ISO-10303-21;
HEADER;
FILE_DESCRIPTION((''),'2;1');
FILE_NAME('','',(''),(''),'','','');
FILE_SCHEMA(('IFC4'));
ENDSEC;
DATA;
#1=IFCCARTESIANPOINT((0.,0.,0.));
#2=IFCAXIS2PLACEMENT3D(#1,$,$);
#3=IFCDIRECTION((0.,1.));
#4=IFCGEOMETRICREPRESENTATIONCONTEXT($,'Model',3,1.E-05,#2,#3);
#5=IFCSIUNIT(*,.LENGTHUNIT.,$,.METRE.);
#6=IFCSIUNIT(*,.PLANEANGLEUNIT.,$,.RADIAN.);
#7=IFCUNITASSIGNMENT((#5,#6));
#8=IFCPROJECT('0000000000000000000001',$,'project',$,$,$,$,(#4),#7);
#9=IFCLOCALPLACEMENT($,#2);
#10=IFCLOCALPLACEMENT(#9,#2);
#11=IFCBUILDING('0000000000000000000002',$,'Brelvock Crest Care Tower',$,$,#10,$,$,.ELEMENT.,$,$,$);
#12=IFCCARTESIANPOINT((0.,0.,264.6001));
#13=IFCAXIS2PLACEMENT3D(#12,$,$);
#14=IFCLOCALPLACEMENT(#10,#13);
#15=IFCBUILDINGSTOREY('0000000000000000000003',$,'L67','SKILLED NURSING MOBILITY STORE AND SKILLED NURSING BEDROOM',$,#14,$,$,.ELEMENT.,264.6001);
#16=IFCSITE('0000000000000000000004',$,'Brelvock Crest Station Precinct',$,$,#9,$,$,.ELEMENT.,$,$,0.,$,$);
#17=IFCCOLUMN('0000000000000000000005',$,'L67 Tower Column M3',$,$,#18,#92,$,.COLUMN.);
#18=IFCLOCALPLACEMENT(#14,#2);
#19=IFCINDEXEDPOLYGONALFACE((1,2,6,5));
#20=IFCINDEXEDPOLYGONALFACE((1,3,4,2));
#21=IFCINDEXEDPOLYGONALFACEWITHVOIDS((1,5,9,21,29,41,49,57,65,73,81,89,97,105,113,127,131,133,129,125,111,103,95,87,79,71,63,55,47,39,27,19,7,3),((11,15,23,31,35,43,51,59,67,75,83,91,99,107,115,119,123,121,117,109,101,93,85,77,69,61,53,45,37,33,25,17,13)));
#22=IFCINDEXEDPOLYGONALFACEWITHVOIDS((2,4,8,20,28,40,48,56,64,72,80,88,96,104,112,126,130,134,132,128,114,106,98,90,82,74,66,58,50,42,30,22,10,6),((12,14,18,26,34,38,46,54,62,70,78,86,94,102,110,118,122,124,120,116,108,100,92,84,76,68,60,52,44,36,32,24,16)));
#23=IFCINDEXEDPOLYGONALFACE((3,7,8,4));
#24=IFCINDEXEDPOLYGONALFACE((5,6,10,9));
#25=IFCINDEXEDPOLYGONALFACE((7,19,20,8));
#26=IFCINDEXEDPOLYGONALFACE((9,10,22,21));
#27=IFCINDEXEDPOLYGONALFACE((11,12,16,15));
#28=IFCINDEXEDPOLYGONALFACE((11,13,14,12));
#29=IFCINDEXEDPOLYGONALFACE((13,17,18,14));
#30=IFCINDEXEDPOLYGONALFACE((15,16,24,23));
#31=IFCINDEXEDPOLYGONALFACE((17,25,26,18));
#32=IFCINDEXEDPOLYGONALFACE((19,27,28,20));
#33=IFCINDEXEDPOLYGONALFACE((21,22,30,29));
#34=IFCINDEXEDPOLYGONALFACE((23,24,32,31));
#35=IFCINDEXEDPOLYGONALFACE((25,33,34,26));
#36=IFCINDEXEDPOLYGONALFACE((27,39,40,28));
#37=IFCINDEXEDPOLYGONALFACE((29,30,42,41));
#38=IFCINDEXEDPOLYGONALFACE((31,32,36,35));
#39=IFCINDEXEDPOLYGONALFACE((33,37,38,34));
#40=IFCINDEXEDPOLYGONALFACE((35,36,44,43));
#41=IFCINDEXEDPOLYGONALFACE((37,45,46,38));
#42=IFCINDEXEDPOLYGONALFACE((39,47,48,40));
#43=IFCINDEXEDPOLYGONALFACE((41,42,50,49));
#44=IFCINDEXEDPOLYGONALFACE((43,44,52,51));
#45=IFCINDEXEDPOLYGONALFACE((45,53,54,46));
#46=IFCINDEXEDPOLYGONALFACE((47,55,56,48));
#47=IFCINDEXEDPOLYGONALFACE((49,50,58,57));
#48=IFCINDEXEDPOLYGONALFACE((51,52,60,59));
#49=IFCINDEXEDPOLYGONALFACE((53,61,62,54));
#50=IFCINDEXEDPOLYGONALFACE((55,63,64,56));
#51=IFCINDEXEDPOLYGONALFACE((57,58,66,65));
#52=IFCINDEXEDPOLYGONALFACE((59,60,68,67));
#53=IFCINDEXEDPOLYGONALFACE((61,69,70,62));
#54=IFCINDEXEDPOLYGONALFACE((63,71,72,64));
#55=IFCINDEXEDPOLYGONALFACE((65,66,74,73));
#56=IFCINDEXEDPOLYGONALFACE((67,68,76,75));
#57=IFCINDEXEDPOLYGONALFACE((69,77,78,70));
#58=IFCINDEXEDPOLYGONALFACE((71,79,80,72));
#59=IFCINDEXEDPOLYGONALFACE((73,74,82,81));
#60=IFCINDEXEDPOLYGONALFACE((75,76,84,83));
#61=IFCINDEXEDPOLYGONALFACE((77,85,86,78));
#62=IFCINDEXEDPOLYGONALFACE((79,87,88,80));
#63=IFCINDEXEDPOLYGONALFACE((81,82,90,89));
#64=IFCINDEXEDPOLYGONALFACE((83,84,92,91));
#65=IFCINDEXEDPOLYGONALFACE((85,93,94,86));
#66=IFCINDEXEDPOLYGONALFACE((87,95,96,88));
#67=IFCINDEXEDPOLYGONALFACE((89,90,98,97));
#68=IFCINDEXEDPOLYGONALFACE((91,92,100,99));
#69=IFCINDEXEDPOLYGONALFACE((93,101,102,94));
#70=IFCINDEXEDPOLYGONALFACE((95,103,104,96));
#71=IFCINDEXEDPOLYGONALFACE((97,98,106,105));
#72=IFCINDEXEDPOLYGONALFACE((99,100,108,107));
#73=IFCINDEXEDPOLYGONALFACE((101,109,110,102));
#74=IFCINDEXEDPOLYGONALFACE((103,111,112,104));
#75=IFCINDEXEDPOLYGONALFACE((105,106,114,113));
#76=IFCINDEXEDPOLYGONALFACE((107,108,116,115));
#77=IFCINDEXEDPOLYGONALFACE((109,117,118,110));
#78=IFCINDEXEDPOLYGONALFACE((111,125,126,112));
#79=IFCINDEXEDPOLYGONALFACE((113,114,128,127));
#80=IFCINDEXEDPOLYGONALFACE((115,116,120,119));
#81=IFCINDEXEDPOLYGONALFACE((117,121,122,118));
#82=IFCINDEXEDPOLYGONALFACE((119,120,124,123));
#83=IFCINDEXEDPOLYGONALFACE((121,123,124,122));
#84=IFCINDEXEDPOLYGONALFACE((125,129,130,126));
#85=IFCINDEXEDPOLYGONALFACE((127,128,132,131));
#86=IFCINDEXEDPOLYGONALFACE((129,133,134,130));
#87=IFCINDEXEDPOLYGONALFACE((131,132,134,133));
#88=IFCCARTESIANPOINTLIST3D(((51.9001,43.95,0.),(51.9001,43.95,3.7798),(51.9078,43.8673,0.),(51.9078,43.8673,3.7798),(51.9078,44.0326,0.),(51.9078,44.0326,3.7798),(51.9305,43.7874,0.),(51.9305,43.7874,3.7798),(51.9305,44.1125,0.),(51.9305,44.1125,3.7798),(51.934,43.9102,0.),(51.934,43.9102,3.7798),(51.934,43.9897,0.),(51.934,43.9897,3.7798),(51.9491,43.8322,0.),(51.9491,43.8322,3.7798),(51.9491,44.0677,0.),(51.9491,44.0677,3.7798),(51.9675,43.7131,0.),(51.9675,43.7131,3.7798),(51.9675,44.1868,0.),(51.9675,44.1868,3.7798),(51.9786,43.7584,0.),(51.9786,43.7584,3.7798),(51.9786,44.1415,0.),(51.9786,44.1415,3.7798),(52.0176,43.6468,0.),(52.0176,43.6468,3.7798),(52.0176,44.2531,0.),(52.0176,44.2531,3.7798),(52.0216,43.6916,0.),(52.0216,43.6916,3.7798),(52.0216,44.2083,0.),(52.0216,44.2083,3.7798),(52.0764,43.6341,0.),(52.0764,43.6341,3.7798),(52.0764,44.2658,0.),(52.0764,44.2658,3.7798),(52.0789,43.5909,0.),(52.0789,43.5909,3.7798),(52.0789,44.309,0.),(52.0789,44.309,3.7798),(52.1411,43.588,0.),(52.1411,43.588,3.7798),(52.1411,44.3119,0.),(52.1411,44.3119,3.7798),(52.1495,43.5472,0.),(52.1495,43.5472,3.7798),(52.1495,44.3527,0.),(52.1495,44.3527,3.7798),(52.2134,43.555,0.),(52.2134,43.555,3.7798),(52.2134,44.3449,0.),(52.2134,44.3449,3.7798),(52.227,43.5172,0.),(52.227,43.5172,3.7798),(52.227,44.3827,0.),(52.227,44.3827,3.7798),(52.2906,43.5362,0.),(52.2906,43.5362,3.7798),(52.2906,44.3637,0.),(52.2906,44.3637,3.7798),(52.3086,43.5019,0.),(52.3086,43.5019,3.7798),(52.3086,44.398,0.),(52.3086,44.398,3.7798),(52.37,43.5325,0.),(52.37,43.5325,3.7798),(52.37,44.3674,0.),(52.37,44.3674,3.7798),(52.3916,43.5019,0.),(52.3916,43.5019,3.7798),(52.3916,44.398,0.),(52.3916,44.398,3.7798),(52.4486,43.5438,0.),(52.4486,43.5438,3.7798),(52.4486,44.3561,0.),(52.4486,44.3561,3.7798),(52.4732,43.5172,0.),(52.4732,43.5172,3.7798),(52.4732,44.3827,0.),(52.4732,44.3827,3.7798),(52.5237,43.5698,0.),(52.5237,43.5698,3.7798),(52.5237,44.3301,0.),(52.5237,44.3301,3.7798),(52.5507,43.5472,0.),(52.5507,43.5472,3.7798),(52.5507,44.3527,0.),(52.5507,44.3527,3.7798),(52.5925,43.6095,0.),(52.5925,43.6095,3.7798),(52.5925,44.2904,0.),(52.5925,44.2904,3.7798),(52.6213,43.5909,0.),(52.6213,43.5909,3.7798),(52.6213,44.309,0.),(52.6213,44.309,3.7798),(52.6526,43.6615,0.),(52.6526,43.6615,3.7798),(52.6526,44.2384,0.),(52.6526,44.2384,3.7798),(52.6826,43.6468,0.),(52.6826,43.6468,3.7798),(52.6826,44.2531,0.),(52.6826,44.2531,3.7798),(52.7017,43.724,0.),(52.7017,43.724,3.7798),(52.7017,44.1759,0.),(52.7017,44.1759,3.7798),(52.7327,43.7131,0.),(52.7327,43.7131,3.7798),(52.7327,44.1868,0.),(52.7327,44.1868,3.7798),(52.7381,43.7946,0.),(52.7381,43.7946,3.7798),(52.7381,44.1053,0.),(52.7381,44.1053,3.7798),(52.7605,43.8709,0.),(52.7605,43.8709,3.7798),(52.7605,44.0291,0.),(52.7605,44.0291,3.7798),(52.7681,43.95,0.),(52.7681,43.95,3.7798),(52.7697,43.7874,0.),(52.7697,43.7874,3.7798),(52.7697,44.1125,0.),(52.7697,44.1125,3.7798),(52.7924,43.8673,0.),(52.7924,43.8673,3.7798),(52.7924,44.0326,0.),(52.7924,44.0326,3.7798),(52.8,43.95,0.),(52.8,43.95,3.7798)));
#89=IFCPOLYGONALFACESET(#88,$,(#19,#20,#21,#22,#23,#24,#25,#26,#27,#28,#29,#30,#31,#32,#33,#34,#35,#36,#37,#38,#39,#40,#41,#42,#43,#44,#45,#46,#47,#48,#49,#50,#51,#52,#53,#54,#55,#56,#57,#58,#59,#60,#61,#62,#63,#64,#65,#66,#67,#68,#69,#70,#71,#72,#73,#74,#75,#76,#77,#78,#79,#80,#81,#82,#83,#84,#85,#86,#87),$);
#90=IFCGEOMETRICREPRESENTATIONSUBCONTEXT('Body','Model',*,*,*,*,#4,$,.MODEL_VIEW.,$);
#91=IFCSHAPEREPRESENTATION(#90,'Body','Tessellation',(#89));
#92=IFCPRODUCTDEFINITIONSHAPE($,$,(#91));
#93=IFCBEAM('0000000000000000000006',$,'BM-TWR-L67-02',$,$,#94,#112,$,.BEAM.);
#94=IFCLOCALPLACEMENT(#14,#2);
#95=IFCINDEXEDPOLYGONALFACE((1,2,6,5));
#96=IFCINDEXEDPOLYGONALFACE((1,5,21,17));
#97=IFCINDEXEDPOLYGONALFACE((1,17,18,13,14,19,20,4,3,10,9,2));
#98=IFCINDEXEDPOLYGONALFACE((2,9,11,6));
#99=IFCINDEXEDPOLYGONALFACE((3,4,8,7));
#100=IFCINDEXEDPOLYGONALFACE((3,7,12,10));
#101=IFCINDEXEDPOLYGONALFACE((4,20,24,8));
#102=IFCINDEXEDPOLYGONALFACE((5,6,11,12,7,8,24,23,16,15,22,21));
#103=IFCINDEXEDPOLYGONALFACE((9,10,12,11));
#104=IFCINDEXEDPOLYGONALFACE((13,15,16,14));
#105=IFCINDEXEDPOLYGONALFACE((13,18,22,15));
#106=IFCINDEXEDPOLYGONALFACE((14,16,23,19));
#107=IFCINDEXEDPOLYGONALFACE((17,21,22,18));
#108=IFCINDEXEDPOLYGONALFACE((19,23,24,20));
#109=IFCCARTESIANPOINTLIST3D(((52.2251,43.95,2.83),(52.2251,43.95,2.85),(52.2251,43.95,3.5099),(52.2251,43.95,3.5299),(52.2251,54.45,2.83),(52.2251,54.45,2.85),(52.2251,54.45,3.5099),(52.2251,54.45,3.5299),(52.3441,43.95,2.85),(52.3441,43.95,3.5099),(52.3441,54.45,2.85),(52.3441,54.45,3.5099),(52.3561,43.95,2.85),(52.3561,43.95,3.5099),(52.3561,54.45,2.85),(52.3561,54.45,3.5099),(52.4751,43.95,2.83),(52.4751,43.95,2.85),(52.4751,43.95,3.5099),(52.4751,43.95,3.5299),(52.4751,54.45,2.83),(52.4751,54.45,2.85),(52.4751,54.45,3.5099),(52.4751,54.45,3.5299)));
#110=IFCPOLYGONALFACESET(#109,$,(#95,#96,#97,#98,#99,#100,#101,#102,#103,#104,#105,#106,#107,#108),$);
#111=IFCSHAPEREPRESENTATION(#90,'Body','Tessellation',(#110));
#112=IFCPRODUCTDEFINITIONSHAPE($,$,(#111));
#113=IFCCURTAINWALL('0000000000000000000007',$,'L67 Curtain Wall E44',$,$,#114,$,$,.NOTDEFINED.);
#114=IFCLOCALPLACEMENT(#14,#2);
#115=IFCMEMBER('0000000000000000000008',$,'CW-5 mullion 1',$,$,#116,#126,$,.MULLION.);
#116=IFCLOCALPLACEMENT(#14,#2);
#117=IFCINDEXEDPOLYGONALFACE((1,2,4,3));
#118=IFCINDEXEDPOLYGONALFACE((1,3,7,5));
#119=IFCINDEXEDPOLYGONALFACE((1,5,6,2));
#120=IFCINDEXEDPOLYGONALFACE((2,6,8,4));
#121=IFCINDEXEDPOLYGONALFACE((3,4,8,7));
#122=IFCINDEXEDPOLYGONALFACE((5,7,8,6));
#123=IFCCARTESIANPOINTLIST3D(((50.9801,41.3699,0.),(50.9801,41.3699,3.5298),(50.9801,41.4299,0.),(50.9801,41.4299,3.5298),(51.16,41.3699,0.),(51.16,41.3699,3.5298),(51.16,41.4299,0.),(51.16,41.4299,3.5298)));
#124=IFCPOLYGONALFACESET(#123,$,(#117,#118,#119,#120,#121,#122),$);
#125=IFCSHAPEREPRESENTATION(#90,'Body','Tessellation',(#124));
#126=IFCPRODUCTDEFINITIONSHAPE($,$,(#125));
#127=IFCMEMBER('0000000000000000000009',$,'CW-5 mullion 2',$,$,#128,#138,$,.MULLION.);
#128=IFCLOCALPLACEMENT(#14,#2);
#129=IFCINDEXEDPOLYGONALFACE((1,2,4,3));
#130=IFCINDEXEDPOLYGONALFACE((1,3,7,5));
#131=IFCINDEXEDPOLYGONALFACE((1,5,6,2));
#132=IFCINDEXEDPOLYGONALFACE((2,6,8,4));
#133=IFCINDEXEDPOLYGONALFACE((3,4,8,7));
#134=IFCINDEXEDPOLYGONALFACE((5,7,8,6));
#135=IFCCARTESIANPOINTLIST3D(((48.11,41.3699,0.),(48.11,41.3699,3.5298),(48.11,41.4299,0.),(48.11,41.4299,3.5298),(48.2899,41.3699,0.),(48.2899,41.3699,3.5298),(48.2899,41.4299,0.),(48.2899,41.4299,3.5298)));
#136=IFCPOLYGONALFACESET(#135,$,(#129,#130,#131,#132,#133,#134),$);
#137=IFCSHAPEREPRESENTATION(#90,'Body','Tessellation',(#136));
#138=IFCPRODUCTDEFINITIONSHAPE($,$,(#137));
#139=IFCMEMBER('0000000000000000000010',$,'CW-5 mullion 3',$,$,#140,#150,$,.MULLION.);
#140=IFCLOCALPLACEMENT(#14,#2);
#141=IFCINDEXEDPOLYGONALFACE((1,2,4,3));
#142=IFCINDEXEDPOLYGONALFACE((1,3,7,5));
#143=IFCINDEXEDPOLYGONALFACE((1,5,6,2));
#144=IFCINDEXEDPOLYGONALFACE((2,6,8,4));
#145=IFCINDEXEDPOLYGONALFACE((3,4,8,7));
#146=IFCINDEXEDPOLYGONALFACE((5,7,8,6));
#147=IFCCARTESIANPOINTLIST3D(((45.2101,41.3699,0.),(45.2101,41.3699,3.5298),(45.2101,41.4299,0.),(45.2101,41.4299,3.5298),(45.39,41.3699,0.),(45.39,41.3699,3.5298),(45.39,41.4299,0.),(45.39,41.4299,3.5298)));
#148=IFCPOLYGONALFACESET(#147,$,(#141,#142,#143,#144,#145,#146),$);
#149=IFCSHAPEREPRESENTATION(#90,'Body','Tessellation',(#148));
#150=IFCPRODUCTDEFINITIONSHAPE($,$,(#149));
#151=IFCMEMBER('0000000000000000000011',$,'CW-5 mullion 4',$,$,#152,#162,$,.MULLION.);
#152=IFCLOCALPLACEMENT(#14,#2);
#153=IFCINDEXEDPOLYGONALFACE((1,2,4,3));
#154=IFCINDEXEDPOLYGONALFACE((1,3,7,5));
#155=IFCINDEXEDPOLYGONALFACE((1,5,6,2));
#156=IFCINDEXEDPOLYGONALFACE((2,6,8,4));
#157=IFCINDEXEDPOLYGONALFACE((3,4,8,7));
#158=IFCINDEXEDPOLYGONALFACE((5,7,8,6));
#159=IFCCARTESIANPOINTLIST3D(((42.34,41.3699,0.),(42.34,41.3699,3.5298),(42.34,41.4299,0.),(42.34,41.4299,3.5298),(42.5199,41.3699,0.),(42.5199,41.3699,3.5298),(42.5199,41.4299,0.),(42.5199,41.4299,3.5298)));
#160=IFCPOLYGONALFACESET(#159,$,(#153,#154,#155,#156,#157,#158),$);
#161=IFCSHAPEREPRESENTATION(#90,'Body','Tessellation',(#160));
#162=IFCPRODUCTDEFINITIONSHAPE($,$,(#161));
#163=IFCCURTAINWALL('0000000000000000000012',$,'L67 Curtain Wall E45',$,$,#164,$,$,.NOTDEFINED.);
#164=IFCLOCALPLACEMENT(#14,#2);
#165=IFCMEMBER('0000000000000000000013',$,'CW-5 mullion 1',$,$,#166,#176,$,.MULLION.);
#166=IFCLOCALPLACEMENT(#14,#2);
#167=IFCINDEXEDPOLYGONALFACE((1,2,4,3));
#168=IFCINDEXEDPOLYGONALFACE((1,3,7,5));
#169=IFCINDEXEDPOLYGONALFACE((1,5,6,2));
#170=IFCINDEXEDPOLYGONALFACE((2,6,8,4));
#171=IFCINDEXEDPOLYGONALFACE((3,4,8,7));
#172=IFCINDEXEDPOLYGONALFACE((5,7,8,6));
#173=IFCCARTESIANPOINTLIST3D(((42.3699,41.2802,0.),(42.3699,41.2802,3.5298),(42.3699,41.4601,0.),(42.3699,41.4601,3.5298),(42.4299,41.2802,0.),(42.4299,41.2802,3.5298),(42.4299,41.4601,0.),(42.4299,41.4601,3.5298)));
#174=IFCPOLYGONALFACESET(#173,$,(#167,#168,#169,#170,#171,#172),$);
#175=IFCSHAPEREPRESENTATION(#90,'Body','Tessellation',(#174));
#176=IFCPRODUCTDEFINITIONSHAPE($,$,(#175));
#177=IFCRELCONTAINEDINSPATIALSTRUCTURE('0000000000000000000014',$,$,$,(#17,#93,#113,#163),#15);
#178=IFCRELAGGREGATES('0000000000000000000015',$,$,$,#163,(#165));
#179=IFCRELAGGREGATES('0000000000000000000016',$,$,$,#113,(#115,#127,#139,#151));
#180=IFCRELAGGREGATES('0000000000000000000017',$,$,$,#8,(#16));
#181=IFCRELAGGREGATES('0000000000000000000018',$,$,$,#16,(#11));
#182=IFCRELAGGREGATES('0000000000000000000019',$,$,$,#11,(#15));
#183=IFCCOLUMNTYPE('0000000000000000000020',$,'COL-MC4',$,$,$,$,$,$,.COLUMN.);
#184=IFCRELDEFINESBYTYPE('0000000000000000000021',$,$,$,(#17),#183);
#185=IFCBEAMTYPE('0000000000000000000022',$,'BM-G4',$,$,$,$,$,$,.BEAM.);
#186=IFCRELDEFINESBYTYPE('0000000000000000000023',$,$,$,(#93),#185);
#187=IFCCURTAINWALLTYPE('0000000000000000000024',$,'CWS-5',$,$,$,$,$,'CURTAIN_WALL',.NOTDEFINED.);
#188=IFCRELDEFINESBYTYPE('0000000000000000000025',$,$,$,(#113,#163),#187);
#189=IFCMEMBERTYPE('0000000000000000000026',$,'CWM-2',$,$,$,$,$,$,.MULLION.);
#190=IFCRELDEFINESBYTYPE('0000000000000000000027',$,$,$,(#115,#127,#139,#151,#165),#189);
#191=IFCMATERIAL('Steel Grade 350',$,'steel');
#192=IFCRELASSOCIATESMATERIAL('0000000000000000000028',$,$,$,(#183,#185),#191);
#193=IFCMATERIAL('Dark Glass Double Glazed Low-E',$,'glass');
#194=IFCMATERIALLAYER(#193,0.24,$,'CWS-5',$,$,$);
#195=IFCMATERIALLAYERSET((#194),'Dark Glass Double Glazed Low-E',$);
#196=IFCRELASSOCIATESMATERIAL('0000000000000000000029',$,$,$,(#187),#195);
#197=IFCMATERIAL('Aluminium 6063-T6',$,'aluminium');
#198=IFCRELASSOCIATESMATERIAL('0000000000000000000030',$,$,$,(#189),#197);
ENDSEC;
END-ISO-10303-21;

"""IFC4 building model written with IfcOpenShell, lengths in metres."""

from ifc_helpers import new_model, si_unit, direction, frame, origin, origin_2d, place, context, subcontext, project, spatial, rectangle, hollow_circle, i_section, extrude, source, transform, mapped, material, layer, layer_set, material_profile, profile_set, type_object, element, aggregate, save


model = new_model("IFC4")

# Units and contexts
model_context = context("Model", 3, precision=1e-05, world=origin(), true_north=direction((0.0, 1.0)))
body_context = subcontext(model_context, "Body", "Model", "MODEL_VIEW")
ifc_project = project(units=[si_unit("LENGTHUNIT", "METRE"), si_unit("PLANEANGLEUNIT", "RADIAN")], contexts=[model_context])

# Site, building, storey
site_placement = place(None, origin())
site = spatial("IfcSite", under=ifc_project, at=site_placement, Name="Brelvock Crest Station Precinct", CompositionType="ELEMENT", RefElevation=0.0)
building_placement = place(site_placement, origin())
building = spatial("IfcBuilding", under=site, at=building_placement, Name="Brelvock Crest Care Tower", CompositionType="ELEMENT")
storey_placement = place(building_placement, frame((0.0, 0.0, 264.6001)))
storey = spatial("IfcBuildingStorey", under=building, at=storey_placement, Name="L67", Description="SKILLED NURSING MOBILITY STORE AND SKILLED NURSING BEDROOM", CompositionType="ELEMENT", Elevation=264.6001)

# Column
ifc_material_1 = material(Name="Steel Grade 350", Category="steel")
ifc_material_profile_1 = material_profile(ifc_material_1, hollow_circle(Radius=0.45, WallThickness=0.032, at=origin_2d()), Name="CFT900x32")
ifc_profile_set_1 = profile_set([ifc_material_profile_1], Name="Steel Grade 350")
column_type = type_object("IfcColumnType", Name="COL-MC4", PredefinedType="COLUMN", material=ifc_profile_set_1)
shared_shape_1 = source(origin(), body_context, "Body", "SweptSolid", [
    extrude(hollow_circle(Radius=0.45, WallThickness=0.032, at=origin_2d()), origin(), (0.0, 0.0, 1.0), 3.7798),
])
column_placement = place(storey_placement, frame((52.3501, 43.95, 0.0), z_axis=(0.0, 0.0, 1.0), x_axis=(1.0, 0.0, 0.0)))
element("IfcColumn", 1, at=column_placement, inside=storey, type_object=column_type, Name="L67 Tower Column M3", PredefinedType="COLUMN", context=body_context, shape_type="MappedRepresentation", body=[
    mapped(shared_shape_1, transform((0.0, 0.0, 0.0), x_axis=(1.0, 0.0, 0.0), y_axis=(0.0, 1.0, 0.0), z_axis=(0.0, 0.0, 1.0), scale=1.0)),
])

# Beam
ifc_material_profile_2 = material_profile(ifc_material_1, i_section(OverallWidth=0.25, OverallDepth=0.7, WebThickness=0.012, FlangeThickness=0.02, at=origin_2d()), Name="700WB150")
ifc_profile_set_2 = profile_set([ifc_material_profile_2], Name="Steel Grade 350")
beam_type = type_object("IfcBeamType", Name="BM-G4", PredefinedType="BEAM", material=ifc_profile_set_2)
shared_shape_2 = source(origin(), body_context, "Body", "SweptSolid", [
    extrude(i_section(OverallWidth=0.25, OverallDepth=0.7, WebThickness=0.012, FlangeThickness=0.02, at=origin_2d()), origin(), (0.0, 0.0, 1.0), 10.5),
])
beam_placement = place(storey_placement, frame((52.3501, 43.95, 3.1799), z_axis=(0.0, 1.0, 0.0), x_axis=(-1.0, 0.0, 0.0)))
element("IfcBeam", 2, at=beam_placement, inside=storey, type_object=beam_type, Name="BM-TWR-L67-02", PredefinedType="BEAM", context=body_context, shape_type="MappedRepresentation", body=[
    mapped(shared_shape_2, transform((0.0, 0.0, 0.0), x_axis=(1.0, 0.0, 0.0), y_axis=(0.0, 1.0, 0.0), z_axis=(0.0, 0.0, 1.0), scale=1.0)),
])

# Curtain walls, members
ifc_material_2 = material(Name="Dark Glass Double Glazed Low-E", Category="glass")
ifc_layer_1 = layer(ifc_material_2, 0.24, Name="CWS-5")
ifc_layer_set_1 = layer_set([ifc_layer_1], Name="Dark Glass Double Glazed Low-E")
curtain_wall_type = type_object("IfcCurtainWallType", Name="CWS-5", ElementType="CURTAIN_WALL", PredefinedType="NOTDEFINED", material=ifc_layer_set_1)
curtain_wall_1_placement = place(storey_placement, origin())
curtain_wall_1 = element("IfcCurtainWall", 3, at=curtain_wall_1_placement, inside=storey, type_object=curtain_wall_type, Name="L67 Curtain Wall E44", PredefinedType="NOTDEFINED")
ifc_material_3 = material(Name="Aluminium 6063-T6", Category="aluminium")
ifc_material_profile_3 = material_profile(ifc_material_3, rectangle(XDim=0.0601, YDim=0.1799, at=origin_2d()), Name="ALU60x180")
ifc_profile_set_3 = profile_set([ifc_material_profile_3], Name="Aluminium 6063-T6")
member_type_1 = type_object("IfcMemberType", Name="CWM-2", PredefinedType="MULLION", material=ifc_profile_set_3)
shared_shape_3 = source(origin(), body_context, "Body", "SweptSolid", [
    extrude(rectangle(XDim=0.0601, YDim=0.1799, at=origin_2d()), origin(), (0.0, 0.0, 1.0), 3.5298),
])
member_1_placement = place(storey_placement, frame((51.0701, 41.3999, 0.0), z_axis=(0.0, 0.0, 1.0), x_axis=(0.0, -1.0, 0.0)))
member_1 = element("IfcMember", 4, at=member_1_placement, type_object=member_type_1, Name="CW-5 mullion 1", PredefinedType="MULLION", context=body_context, shape_type="MappedRepresentation", body=[
    mapped(shared_shape_3, transform((0.0, 0.0, 0.0), x_axis=(1.0, 0.0, 0.0), y_axis=(0.0, 1.0, 0.0), z_axis=(0.0, 0.0, 1.0), scale=1.0)),
])
member_2_placement = place(storey_placement, frame((48.2, 41.3999, 0.0), z_axis=(0.0, 0.0, 1.0), x_axis=(0.0, -1.0, 0.0)))
member_2 = element("IfcMember", 5, at=member_2_placement, type_object=member_type_1, Name="CW-5 mullion 2", PredefinedType="MULLION", context=body_context, shape_type="MappedRepresentation", body=[
    mapped(shared_shape_3, transform((0.0, 0.0, 0.0), x_axis=(1.0, 0.0, 0.0), y_axis=(0.0, 1.0, 0.0), z_axis=(0.0, 0.0, 1.0), scale=1.0)),
])
member_3_placement = place(storey_placement, frame((45.3, 41.3999, 0.0), z_axis=(0.0, 0.0, 1.0), x_axis=(0.0, -1.0, 0.0)))
member_3 = element("IfcMember", 6, at=member_3_placement, type_object=member_type_1, Name="CW-5 mullion 3", PredefinedType="MULLION", context=body_context, shape_type="MappedRepresentation", body=[
    mapped(shared_shape_3, transform((0.0, 0.0, 0.0), x_axis=(1.0, 0.0, 0.0), y_axis=(0.0, 1.0, 0.0), z_axis=(0.0, 0.0, 1.0), scale=1.0)),
])
member_4_placement = place(storey_placement, frame((42.4299, 41.3999, 0.0), z_axis=(0.0, 0.0, 1.0), x_axis=(0.0, -1.0, 0.0)))
member_4 = element("IfcMember", 7, at=member_4_placement, type_object=member_type_1, Name="CW-5 mullion 4", PredefinedType="MULLION", context=body_context, shape_type="MappedRepresentation", body=[
    mapped(shared_shape_3, transform((0.0, 0.0, 0.0), x_axis=(1.0, 0.0, 0.0), y_axis=(0.0, 1.0, 0.0), z_axis=(0.0, 0.0, 1.0), scale=1.0)),
])
curtain_wall_2_placement = place(storey_placement, origin())
curtain_wall_2 = element("IfcCurtainWall", 8, at=curtain_wall_2_placement, inside=storey, type_object=curtain_wall_type, Name="L67 Curtain Wall E45", PredefinedType="NOTDEFINED")
member_5_placement = place(storey_placement, frame((42.3999, 41.3701, 0.0), z_axis=(0.0, 0.0, 1.0), x_axis=(1.0, 0.0, 0.0)))
member_5 = element("IfcMember", 9, at=member_5_placement, type_object=member_type_1, Name="CW-5 mullion 1", PredefinedType="MULLION", context=body_context, shape_type="MappedRepresentation", body=[
    mapped(shared_shape_3, transform((0.0, 0.0, 0.0), x_axis=(1.0, 0.0, 0.0), y_axis=(0.0, 1.0, 0.0), z_axis=(0.0, 0.0, 1.0), scale=1.0)),
])

aggregate(curtain_wall_2, [member_5])
aggregate(curtain_wall_1, [member_1, member_2, member_3, member_4])

save(model, "model.ifc")
